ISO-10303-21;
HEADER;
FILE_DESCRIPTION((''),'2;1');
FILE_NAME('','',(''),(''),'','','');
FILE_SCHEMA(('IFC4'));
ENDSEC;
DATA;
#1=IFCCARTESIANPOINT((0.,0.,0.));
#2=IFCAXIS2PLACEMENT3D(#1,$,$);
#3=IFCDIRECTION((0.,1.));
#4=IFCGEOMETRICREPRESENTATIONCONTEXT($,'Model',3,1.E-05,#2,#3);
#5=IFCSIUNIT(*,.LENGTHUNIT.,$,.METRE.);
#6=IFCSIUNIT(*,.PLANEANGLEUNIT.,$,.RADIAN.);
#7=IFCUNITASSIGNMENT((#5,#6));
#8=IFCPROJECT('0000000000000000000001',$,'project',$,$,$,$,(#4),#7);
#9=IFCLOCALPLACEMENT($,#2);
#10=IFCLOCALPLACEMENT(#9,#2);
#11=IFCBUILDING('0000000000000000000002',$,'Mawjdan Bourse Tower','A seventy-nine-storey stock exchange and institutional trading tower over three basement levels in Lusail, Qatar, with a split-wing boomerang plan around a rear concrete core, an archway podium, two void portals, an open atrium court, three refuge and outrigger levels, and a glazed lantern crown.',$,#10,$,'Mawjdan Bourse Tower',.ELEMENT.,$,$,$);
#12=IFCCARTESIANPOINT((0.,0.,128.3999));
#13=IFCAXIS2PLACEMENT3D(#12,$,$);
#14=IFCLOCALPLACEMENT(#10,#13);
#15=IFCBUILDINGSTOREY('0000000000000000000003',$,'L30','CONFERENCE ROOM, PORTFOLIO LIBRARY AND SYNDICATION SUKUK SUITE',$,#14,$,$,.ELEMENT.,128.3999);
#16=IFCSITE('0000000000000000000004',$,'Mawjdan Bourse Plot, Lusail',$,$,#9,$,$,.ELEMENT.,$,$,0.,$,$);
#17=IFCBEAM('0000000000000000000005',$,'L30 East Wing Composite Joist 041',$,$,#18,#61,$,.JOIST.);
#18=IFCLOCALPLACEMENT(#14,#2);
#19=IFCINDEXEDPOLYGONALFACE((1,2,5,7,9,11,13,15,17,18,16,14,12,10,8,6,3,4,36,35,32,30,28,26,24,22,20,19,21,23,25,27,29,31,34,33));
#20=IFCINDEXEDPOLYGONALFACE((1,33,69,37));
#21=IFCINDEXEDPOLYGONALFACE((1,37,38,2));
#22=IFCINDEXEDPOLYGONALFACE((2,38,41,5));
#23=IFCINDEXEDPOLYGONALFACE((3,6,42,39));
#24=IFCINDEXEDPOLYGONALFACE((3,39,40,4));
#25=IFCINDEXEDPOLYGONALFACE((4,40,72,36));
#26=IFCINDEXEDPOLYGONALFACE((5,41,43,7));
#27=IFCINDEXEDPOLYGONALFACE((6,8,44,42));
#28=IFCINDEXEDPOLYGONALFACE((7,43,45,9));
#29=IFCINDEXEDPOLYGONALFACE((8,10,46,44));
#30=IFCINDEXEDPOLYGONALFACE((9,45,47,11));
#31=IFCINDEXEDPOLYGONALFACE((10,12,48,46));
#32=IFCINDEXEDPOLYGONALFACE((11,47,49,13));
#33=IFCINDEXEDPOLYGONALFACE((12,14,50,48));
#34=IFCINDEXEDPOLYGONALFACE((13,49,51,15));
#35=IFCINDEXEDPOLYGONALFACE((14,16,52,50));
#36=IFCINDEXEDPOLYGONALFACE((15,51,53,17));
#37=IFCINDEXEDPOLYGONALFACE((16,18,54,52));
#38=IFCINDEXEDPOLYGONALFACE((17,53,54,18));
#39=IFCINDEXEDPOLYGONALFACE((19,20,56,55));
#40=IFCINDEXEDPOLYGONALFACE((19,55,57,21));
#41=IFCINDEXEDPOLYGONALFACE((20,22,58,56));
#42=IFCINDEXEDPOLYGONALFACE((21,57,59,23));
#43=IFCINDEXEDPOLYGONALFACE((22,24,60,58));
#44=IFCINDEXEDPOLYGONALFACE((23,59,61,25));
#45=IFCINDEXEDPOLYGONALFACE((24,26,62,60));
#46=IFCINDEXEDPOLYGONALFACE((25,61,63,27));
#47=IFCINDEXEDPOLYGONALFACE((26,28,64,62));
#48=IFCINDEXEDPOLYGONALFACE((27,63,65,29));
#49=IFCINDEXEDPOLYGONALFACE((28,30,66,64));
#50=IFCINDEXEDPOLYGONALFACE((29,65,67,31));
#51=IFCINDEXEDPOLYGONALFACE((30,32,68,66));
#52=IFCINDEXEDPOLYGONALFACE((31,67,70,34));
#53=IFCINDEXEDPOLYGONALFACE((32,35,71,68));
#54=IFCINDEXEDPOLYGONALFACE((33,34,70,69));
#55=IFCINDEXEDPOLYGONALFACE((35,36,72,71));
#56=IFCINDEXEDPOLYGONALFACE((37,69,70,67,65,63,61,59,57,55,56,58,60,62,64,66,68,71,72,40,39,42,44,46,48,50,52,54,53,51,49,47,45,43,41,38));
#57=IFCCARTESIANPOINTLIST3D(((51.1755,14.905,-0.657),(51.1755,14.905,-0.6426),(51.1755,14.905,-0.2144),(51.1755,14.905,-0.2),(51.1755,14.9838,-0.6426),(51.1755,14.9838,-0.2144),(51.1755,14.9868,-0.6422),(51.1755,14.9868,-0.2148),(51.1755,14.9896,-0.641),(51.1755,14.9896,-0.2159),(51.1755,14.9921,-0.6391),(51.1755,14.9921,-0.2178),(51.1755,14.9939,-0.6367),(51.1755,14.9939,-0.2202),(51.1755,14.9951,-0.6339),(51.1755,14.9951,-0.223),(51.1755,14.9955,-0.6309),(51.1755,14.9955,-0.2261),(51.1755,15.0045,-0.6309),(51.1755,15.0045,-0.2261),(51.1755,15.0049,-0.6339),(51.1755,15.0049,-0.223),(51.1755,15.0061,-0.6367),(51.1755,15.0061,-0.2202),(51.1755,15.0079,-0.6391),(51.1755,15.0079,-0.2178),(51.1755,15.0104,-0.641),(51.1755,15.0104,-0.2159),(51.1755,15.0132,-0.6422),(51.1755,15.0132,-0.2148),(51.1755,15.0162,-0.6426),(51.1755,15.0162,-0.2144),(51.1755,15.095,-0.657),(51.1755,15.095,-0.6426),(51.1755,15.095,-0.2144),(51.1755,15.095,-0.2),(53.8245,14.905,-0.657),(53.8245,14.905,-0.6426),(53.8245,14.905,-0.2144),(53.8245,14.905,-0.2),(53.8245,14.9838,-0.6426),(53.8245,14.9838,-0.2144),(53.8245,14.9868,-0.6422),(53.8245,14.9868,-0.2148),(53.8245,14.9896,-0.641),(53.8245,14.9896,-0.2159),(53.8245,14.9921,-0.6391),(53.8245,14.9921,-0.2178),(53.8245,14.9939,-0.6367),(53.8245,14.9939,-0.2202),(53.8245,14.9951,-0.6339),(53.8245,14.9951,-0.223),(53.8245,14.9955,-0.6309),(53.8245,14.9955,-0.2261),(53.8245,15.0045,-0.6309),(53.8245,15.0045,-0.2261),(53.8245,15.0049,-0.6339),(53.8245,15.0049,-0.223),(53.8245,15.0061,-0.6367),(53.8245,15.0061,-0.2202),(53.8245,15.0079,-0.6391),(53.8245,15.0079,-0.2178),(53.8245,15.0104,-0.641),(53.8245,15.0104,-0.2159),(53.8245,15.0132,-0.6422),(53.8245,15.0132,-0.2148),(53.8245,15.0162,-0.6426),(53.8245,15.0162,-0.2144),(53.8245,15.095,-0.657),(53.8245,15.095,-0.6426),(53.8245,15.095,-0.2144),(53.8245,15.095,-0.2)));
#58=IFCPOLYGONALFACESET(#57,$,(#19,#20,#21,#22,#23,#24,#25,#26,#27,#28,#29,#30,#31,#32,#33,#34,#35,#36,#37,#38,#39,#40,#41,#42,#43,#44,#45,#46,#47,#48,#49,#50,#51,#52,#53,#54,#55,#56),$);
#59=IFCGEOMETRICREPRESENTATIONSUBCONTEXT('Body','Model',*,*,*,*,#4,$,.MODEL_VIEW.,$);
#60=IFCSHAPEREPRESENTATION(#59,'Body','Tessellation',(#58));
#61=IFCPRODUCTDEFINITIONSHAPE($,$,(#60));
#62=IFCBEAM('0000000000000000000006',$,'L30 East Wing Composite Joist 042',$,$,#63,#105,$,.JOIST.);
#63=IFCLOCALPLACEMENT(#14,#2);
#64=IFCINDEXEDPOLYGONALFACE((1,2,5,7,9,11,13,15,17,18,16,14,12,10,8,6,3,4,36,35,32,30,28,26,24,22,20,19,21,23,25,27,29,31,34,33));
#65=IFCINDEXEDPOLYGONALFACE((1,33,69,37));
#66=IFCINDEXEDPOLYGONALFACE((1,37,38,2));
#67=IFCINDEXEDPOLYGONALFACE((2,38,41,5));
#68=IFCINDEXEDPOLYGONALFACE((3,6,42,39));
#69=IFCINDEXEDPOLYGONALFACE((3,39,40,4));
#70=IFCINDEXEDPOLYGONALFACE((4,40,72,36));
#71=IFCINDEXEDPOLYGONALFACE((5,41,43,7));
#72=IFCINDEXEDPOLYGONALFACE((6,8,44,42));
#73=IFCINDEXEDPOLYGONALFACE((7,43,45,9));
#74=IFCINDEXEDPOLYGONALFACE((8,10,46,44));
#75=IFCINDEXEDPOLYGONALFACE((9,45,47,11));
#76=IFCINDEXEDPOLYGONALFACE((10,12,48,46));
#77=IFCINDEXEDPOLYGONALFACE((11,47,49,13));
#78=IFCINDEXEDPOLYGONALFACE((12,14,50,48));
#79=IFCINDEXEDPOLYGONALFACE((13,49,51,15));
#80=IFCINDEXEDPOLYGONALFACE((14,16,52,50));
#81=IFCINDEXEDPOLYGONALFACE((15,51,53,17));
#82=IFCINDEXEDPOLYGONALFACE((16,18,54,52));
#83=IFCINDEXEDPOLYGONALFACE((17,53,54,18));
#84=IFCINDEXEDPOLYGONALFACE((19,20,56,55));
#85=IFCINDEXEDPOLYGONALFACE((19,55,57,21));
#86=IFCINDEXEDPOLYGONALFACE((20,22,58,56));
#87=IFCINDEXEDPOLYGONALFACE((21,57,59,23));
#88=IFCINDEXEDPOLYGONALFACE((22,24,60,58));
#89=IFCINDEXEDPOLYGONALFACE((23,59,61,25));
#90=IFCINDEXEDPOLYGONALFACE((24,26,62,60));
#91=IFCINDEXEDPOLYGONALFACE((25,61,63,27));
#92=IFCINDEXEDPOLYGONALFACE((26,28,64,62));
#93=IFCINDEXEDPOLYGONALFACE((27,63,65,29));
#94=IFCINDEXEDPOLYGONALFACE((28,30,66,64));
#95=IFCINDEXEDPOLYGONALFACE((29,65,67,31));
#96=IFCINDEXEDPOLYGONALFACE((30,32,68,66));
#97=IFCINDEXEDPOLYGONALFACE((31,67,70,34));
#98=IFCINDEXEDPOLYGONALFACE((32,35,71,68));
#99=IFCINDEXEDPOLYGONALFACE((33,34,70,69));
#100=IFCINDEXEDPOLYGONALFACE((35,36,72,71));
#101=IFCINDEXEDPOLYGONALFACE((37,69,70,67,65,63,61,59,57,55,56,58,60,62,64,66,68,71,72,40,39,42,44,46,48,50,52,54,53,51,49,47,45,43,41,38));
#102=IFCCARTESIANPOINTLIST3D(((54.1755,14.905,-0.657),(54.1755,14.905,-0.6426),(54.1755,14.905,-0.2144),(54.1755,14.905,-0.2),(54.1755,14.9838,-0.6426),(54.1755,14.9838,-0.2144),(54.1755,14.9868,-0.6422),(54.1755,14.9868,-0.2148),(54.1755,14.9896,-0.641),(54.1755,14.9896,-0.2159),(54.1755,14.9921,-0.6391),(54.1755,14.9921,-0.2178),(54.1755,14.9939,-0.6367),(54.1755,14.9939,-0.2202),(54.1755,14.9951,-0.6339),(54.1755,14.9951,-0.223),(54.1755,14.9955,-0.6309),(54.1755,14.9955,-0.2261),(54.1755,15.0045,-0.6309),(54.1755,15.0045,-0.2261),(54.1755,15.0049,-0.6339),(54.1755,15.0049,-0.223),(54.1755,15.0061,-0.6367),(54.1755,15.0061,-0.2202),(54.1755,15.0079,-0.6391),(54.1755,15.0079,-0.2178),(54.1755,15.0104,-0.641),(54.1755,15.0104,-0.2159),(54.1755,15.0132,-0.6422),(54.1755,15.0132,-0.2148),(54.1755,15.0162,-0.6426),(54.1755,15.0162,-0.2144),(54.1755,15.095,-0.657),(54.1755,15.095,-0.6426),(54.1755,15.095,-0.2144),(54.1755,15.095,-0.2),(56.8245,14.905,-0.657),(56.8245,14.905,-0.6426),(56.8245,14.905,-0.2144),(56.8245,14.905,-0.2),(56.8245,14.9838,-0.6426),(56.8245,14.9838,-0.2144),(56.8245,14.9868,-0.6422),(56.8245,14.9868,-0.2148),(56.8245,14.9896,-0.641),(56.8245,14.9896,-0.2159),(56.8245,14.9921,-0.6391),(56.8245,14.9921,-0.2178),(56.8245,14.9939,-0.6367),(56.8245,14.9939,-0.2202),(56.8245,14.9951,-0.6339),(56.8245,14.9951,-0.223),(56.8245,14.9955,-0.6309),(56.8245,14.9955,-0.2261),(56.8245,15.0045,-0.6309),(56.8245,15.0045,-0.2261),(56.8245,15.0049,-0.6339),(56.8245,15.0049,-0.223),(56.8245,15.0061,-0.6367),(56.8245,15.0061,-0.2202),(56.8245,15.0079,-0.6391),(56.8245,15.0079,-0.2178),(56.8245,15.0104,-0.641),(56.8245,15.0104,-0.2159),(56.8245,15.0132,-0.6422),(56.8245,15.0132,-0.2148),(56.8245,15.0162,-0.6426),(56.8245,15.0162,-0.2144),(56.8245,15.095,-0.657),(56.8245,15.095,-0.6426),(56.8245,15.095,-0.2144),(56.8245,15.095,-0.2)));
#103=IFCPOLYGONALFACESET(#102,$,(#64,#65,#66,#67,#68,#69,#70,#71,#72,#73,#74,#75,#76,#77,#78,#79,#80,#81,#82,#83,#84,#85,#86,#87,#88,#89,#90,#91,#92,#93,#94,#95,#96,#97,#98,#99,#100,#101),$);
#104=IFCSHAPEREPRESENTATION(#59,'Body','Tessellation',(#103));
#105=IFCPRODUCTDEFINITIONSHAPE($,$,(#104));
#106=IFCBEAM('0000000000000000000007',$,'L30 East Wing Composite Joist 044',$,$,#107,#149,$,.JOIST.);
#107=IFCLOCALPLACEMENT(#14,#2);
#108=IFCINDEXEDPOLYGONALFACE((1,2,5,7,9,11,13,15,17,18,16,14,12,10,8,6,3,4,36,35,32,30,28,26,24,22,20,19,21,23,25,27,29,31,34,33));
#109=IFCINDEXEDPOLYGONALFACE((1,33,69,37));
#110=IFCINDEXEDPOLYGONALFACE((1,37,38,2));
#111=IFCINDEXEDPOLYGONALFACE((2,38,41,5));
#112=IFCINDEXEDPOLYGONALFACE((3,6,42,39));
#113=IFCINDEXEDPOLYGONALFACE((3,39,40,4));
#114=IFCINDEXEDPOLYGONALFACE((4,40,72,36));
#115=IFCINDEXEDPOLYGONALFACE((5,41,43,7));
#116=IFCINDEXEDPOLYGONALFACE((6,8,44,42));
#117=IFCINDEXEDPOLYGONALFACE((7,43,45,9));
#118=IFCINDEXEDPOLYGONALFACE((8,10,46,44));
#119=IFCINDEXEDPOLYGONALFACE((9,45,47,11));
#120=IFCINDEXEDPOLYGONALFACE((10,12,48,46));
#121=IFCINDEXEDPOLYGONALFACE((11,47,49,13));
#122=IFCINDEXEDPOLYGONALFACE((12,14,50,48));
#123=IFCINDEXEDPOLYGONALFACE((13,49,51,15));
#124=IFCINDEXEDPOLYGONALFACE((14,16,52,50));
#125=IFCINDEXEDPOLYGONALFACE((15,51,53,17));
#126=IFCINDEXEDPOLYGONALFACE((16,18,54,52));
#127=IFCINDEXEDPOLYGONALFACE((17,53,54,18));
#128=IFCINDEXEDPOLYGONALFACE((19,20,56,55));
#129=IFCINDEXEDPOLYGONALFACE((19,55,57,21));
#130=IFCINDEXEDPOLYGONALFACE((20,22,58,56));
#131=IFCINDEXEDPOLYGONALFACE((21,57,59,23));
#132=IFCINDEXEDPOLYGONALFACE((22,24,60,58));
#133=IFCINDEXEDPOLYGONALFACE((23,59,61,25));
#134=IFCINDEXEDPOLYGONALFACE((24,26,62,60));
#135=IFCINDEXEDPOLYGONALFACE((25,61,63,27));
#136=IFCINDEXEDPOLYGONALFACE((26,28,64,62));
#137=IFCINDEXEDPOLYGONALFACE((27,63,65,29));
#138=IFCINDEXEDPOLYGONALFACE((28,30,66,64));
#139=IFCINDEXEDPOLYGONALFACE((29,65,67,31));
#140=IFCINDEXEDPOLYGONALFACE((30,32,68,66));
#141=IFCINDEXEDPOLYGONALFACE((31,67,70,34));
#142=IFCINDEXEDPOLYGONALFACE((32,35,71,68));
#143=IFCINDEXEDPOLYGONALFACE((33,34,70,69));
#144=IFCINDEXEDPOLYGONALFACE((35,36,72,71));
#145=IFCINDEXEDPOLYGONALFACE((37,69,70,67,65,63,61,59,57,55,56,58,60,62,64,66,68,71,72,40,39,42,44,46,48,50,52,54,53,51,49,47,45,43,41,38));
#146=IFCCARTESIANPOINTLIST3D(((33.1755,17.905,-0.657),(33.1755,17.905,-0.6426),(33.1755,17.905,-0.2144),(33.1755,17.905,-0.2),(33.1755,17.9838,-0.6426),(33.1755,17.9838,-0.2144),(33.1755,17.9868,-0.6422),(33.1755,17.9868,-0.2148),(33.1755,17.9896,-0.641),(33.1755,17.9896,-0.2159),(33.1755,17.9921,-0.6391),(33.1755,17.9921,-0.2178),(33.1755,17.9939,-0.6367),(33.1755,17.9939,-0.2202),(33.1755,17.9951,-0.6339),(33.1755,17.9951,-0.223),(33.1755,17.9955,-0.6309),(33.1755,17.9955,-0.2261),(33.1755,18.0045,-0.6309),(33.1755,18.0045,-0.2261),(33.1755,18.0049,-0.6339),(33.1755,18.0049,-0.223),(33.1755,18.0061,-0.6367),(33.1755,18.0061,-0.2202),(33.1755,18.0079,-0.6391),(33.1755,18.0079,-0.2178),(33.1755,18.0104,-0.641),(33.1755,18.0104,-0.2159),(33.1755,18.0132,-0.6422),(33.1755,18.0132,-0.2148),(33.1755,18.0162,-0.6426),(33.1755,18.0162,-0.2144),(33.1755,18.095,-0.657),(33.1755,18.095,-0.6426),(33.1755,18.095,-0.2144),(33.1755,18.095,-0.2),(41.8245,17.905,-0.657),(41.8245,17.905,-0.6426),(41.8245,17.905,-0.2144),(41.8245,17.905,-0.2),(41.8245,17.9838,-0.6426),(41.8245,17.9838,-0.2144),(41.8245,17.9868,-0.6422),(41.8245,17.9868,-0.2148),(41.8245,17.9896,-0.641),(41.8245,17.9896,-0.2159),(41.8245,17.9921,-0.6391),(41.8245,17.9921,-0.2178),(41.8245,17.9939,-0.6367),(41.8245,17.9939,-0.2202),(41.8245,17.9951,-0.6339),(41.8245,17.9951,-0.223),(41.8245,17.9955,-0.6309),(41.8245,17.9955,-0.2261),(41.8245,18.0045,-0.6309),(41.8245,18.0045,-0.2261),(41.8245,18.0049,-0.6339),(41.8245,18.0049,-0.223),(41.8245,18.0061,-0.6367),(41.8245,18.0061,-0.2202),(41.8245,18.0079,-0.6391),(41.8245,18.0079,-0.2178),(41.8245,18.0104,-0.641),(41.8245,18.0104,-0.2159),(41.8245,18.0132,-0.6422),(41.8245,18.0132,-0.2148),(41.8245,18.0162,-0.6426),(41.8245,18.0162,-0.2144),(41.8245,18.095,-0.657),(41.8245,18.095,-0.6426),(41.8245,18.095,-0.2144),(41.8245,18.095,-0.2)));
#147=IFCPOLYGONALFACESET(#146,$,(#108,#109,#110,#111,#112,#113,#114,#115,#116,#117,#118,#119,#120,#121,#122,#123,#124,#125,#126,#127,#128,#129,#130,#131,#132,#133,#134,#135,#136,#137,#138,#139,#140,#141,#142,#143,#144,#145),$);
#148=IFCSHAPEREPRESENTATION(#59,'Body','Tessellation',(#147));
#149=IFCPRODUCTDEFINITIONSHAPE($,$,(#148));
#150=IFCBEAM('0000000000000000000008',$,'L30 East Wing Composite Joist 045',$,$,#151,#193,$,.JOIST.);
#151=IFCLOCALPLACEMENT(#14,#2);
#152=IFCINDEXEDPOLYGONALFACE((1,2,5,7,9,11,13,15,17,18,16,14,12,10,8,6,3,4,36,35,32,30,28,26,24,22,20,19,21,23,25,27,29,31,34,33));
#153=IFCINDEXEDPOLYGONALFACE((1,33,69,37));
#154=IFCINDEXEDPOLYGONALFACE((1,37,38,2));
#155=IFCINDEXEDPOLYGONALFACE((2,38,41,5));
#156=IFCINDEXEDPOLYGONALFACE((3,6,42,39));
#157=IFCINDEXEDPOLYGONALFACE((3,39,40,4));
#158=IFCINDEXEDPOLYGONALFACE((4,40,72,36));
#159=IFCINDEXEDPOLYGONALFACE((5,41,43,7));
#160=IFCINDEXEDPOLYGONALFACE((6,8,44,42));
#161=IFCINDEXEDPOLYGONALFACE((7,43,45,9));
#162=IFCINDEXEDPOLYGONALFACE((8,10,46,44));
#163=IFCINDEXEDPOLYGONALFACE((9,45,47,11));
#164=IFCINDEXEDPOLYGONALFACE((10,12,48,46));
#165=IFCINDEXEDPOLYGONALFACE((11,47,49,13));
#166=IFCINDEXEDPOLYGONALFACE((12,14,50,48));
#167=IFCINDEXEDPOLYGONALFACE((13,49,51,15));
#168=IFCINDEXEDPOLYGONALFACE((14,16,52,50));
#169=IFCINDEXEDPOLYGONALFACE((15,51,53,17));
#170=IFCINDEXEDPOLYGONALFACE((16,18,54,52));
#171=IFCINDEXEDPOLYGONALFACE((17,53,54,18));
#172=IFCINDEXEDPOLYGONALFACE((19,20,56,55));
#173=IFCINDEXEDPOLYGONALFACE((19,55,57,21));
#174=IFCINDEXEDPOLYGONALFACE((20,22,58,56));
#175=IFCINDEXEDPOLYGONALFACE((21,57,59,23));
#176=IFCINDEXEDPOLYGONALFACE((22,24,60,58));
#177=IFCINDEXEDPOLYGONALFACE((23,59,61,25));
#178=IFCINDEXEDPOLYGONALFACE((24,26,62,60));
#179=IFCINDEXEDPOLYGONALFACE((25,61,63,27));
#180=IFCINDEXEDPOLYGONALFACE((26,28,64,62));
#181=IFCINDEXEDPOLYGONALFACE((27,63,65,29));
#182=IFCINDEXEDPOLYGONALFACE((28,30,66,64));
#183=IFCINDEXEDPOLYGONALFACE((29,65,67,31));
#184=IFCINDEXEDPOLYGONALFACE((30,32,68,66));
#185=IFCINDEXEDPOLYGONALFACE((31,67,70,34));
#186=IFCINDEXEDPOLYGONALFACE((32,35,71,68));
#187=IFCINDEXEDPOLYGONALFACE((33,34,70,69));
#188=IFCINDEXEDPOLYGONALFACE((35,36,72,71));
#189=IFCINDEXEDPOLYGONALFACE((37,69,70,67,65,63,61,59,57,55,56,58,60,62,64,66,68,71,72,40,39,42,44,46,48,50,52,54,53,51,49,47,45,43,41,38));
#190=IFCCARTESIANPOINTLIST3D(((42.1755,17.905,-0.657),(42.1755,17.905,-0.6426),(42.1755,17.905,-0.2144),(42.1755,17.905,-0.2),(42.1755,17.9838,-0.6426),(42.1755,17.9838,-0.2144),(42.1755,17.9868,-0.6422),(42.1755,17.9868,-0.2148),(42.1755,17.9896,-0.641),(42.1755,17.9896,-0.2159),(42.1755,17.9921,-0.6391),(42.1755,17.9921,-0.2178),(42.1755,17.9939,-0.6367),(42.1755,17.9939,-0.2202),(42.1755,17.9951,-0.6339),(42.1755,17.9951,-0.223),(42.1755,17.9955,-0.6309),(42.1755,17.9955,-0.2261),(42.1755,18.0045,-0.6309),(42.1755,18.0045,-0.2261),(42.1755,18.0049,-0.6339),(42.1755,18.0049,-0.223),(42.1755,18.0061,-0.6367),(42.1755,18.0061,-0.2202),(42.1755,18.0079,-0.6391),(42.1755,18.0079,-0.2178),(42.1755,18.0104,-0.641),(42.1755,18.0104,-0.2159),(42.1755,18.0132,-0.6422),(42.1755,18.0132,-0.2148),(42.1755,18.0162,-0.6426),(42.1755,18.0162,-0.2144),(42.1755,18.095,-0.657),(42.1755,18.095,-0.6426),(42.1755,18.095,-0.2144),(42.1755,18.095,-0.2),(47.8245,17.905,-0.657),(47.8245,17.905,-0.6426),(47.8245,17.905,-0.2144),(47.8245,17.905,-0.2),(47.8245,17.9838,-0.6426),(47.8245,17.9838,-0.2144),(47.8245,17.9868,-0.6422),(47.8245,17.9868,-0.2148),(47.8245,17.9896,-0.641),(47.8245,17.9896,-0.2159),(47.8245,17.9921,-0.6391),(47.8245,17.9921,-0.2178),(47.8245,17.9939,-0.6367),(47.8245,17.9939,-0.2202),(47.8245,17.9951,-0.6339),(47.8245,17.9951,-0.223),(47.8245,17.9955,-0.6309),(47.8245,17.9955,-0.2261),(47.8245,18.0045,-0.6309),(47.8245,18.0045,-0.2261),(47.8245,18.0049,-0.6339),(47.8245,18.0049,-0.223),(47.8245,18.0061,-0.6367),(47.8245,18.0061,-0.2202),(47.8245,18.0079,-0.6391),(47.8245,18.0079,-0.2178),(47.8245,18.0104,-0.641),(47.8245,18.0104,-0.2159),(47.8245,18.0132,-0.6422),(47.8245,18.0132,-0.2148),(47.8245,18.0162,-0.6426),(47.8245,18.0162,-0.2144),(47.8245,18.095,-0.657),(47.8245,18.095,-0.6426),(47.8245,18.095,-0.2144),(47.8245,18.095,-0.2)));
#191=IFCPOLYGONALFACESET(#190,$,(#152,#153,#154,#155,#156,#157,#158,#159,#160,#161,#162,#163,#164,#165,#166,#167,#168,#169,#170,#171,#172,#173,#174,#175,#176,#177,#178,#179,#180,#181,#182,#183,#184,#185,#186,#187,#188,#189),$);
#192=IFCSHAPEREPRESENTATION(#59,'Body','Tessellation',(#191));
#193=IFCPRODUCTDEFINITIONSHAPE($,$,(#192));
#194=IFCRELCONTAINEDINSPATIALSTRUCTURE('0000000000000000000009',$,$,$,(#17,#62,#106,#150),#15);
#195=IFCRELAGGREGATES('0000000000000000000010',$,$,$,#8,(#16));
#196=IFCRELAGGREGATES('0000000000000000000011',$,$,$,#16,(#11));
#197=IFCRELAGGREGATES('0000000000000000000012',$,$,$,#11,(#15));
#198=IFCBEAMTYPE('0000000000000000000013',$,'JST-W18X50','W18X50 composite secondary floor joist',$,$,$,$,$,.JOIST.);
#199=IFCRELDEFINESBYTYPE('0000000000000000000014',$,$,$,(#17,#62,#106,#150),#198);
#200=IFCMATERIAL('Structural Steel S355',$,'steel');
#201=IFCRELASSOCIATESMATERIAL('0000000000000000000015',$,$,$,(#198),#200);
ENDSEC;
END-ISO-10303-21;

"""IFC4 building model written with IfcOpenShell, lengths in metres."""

from ifc_helpers import new_model, si_unit, direction, frame, origin, origin_2d, place, context, subcontext, project, spatial, i_section, extrude, material, material_profile, profile_set, type_object, element, save


model = new_model("IFC4")

# Units and contexts
model_context = context("Model", 3, precision=1e-05, world=origin(), true_north=direction((0.0, 1.0)))
body_context = subcontext(model_context, "Body", "Model", "MODEL_VIEW")
ifc_project = project(units=[si_unit("LENGTHUNIT", "METRE"), si_unit("PLANEANGLEUNIT", "RADIAN")], contexts=[model_context])

# Site, building, storey
site_placement = place(None, origin())
site = spatial("IfcSite", under=ifc_project, at=site_placement, Name="Mawjdan Bourse Plot, Lusail", CompositionType="ELEMENT", RefElevation=0.0)
building_placement = place(site_placement, origin())
building = spatial("IfcBuilding", under=site, at=building_placement, Name="Mawjdan Bourse Tower", Description="A seventy-nine-storey stock exchange and institutional trading tower over three basement levels in Lusail, Qatar, with a split-wing boomerang plan around a rear concrete core, an archway podium, two void portals, an open atrium court, three refuge and outrigger levels, and a glazed lantern crown.", LongName="Mawjdan Bourse Tower", CompositionType="ELEMENT")
storey_placement = place(building_placement, frame((0.0, 0.0, 128.3999)))
storey = spatial("IfcBuildingStorey", under=building, at=storey_placement, Name="L30", Description="CONFERENCE ROOM, PORTFOLIO LIBRARY AND SYNDICATION SUKUK SUITE", CompositionType="ELEMENT", Elevation=128.3999)

# Beams
ifc_material_1 = material(Name="Structural Steel S355", Category="steel")
ifc_material_profile_1 = material_profile(ifc_material_1, i_section(OverallWidth=0.1899, OverallDepth=0.457, WebThickness=0.009, FlangeThickness=0.0144, FilletRadius=0.0117, at=origin_2d()), Name="W18X50")
ifc_profile_set_1 = profile_set([ifc_material_profile_1], Name="Structural Steel S355")
beam_type_1 = type_object("IfcBeamType", Name="JST-W18X50", Description="W18X50 composite secondary floor joist", PredefinedType="JOIST", material=ifc_profile_set_1)
for number, where, z_axis, x_axis, name in (
    (1, (51.1755, 15.0, -0.4285), (1.0, 0.0, 0.0), (0.0, 1.0, 0.0), "L30 East Wing Composite Joist 041"),
    (2, (54.1755, 15.0, -0.4285), (1.0, 0.0, 0.0), (0.0, 1.0, 0.0), "L30 East Wing Composite Joist 042"),
):
    element("IfcBeam", number, at=place(storey_placement, frame(where, z_axis=z_axis, x_axis=x_axis)), inside=storey, type_object=beam_type_1, Name=name, PredefinedType="JOIST", context=body_context, shape_type="SweptSolid", body=[
        extrude(i_section(OverallWidth=0.1899, OverallDepth=0.457, WebThickness=0.009, FlangeThickness=0.0144, FilletRadius=0.0117, at=origin_2d()), origin(), (0.0, 0.0, 1.0), 2.6489),
    ])
beam_1_placement = place(storey_placement, frame((33.1755, 18.0, -0.4285), z_axis=(1.0, 0.0, 0.0), x_axis=(0.0, 1.0, 0.0)))
element("IfcBeam", 3, at=beam_1_placement, inside=storey, type_object=beam_type_1, Name="L30 East Wing Composite Joist 044", PredefinedType="JOIST", context=body_context, shape_type="SweptSolid", body=[
    extrude(i_section(OverallWidth=0.1899, OverallDepth=0.457, WebThickness=0.009, FlangeThickness=0.0144, FilletRadius=0.0117, at=origin_2d()), origin(), (0.0, 0.0, 1.0), 8.6489),
])
beam_2_placement = place(storey_placement, frame((42.1755, 18.0, -0.4285), z_axis=(1.0, 0.0, 0.0), x_axis=(0.0, 1.0, 0.0)))
element("IfcBeam", 4, at=beam_2_placement, inside=storey, type_object=beam_type_1, Name="L30 East Wing Composite Joist 045", PredefinedType="JOIST", context=body_context, shape_type="SweptSolid", body=[
    extrude(i_section(OverallWidth=0.1899, OverallDepth=0.457, WebThickness=0.009, FlangeThickness=0.0144, FilletRadius=0.0117, at=origin_2d()), origin(), (0.0, 0.0, 1.0), 5.6489),
])

save(model, "model.ifc")
